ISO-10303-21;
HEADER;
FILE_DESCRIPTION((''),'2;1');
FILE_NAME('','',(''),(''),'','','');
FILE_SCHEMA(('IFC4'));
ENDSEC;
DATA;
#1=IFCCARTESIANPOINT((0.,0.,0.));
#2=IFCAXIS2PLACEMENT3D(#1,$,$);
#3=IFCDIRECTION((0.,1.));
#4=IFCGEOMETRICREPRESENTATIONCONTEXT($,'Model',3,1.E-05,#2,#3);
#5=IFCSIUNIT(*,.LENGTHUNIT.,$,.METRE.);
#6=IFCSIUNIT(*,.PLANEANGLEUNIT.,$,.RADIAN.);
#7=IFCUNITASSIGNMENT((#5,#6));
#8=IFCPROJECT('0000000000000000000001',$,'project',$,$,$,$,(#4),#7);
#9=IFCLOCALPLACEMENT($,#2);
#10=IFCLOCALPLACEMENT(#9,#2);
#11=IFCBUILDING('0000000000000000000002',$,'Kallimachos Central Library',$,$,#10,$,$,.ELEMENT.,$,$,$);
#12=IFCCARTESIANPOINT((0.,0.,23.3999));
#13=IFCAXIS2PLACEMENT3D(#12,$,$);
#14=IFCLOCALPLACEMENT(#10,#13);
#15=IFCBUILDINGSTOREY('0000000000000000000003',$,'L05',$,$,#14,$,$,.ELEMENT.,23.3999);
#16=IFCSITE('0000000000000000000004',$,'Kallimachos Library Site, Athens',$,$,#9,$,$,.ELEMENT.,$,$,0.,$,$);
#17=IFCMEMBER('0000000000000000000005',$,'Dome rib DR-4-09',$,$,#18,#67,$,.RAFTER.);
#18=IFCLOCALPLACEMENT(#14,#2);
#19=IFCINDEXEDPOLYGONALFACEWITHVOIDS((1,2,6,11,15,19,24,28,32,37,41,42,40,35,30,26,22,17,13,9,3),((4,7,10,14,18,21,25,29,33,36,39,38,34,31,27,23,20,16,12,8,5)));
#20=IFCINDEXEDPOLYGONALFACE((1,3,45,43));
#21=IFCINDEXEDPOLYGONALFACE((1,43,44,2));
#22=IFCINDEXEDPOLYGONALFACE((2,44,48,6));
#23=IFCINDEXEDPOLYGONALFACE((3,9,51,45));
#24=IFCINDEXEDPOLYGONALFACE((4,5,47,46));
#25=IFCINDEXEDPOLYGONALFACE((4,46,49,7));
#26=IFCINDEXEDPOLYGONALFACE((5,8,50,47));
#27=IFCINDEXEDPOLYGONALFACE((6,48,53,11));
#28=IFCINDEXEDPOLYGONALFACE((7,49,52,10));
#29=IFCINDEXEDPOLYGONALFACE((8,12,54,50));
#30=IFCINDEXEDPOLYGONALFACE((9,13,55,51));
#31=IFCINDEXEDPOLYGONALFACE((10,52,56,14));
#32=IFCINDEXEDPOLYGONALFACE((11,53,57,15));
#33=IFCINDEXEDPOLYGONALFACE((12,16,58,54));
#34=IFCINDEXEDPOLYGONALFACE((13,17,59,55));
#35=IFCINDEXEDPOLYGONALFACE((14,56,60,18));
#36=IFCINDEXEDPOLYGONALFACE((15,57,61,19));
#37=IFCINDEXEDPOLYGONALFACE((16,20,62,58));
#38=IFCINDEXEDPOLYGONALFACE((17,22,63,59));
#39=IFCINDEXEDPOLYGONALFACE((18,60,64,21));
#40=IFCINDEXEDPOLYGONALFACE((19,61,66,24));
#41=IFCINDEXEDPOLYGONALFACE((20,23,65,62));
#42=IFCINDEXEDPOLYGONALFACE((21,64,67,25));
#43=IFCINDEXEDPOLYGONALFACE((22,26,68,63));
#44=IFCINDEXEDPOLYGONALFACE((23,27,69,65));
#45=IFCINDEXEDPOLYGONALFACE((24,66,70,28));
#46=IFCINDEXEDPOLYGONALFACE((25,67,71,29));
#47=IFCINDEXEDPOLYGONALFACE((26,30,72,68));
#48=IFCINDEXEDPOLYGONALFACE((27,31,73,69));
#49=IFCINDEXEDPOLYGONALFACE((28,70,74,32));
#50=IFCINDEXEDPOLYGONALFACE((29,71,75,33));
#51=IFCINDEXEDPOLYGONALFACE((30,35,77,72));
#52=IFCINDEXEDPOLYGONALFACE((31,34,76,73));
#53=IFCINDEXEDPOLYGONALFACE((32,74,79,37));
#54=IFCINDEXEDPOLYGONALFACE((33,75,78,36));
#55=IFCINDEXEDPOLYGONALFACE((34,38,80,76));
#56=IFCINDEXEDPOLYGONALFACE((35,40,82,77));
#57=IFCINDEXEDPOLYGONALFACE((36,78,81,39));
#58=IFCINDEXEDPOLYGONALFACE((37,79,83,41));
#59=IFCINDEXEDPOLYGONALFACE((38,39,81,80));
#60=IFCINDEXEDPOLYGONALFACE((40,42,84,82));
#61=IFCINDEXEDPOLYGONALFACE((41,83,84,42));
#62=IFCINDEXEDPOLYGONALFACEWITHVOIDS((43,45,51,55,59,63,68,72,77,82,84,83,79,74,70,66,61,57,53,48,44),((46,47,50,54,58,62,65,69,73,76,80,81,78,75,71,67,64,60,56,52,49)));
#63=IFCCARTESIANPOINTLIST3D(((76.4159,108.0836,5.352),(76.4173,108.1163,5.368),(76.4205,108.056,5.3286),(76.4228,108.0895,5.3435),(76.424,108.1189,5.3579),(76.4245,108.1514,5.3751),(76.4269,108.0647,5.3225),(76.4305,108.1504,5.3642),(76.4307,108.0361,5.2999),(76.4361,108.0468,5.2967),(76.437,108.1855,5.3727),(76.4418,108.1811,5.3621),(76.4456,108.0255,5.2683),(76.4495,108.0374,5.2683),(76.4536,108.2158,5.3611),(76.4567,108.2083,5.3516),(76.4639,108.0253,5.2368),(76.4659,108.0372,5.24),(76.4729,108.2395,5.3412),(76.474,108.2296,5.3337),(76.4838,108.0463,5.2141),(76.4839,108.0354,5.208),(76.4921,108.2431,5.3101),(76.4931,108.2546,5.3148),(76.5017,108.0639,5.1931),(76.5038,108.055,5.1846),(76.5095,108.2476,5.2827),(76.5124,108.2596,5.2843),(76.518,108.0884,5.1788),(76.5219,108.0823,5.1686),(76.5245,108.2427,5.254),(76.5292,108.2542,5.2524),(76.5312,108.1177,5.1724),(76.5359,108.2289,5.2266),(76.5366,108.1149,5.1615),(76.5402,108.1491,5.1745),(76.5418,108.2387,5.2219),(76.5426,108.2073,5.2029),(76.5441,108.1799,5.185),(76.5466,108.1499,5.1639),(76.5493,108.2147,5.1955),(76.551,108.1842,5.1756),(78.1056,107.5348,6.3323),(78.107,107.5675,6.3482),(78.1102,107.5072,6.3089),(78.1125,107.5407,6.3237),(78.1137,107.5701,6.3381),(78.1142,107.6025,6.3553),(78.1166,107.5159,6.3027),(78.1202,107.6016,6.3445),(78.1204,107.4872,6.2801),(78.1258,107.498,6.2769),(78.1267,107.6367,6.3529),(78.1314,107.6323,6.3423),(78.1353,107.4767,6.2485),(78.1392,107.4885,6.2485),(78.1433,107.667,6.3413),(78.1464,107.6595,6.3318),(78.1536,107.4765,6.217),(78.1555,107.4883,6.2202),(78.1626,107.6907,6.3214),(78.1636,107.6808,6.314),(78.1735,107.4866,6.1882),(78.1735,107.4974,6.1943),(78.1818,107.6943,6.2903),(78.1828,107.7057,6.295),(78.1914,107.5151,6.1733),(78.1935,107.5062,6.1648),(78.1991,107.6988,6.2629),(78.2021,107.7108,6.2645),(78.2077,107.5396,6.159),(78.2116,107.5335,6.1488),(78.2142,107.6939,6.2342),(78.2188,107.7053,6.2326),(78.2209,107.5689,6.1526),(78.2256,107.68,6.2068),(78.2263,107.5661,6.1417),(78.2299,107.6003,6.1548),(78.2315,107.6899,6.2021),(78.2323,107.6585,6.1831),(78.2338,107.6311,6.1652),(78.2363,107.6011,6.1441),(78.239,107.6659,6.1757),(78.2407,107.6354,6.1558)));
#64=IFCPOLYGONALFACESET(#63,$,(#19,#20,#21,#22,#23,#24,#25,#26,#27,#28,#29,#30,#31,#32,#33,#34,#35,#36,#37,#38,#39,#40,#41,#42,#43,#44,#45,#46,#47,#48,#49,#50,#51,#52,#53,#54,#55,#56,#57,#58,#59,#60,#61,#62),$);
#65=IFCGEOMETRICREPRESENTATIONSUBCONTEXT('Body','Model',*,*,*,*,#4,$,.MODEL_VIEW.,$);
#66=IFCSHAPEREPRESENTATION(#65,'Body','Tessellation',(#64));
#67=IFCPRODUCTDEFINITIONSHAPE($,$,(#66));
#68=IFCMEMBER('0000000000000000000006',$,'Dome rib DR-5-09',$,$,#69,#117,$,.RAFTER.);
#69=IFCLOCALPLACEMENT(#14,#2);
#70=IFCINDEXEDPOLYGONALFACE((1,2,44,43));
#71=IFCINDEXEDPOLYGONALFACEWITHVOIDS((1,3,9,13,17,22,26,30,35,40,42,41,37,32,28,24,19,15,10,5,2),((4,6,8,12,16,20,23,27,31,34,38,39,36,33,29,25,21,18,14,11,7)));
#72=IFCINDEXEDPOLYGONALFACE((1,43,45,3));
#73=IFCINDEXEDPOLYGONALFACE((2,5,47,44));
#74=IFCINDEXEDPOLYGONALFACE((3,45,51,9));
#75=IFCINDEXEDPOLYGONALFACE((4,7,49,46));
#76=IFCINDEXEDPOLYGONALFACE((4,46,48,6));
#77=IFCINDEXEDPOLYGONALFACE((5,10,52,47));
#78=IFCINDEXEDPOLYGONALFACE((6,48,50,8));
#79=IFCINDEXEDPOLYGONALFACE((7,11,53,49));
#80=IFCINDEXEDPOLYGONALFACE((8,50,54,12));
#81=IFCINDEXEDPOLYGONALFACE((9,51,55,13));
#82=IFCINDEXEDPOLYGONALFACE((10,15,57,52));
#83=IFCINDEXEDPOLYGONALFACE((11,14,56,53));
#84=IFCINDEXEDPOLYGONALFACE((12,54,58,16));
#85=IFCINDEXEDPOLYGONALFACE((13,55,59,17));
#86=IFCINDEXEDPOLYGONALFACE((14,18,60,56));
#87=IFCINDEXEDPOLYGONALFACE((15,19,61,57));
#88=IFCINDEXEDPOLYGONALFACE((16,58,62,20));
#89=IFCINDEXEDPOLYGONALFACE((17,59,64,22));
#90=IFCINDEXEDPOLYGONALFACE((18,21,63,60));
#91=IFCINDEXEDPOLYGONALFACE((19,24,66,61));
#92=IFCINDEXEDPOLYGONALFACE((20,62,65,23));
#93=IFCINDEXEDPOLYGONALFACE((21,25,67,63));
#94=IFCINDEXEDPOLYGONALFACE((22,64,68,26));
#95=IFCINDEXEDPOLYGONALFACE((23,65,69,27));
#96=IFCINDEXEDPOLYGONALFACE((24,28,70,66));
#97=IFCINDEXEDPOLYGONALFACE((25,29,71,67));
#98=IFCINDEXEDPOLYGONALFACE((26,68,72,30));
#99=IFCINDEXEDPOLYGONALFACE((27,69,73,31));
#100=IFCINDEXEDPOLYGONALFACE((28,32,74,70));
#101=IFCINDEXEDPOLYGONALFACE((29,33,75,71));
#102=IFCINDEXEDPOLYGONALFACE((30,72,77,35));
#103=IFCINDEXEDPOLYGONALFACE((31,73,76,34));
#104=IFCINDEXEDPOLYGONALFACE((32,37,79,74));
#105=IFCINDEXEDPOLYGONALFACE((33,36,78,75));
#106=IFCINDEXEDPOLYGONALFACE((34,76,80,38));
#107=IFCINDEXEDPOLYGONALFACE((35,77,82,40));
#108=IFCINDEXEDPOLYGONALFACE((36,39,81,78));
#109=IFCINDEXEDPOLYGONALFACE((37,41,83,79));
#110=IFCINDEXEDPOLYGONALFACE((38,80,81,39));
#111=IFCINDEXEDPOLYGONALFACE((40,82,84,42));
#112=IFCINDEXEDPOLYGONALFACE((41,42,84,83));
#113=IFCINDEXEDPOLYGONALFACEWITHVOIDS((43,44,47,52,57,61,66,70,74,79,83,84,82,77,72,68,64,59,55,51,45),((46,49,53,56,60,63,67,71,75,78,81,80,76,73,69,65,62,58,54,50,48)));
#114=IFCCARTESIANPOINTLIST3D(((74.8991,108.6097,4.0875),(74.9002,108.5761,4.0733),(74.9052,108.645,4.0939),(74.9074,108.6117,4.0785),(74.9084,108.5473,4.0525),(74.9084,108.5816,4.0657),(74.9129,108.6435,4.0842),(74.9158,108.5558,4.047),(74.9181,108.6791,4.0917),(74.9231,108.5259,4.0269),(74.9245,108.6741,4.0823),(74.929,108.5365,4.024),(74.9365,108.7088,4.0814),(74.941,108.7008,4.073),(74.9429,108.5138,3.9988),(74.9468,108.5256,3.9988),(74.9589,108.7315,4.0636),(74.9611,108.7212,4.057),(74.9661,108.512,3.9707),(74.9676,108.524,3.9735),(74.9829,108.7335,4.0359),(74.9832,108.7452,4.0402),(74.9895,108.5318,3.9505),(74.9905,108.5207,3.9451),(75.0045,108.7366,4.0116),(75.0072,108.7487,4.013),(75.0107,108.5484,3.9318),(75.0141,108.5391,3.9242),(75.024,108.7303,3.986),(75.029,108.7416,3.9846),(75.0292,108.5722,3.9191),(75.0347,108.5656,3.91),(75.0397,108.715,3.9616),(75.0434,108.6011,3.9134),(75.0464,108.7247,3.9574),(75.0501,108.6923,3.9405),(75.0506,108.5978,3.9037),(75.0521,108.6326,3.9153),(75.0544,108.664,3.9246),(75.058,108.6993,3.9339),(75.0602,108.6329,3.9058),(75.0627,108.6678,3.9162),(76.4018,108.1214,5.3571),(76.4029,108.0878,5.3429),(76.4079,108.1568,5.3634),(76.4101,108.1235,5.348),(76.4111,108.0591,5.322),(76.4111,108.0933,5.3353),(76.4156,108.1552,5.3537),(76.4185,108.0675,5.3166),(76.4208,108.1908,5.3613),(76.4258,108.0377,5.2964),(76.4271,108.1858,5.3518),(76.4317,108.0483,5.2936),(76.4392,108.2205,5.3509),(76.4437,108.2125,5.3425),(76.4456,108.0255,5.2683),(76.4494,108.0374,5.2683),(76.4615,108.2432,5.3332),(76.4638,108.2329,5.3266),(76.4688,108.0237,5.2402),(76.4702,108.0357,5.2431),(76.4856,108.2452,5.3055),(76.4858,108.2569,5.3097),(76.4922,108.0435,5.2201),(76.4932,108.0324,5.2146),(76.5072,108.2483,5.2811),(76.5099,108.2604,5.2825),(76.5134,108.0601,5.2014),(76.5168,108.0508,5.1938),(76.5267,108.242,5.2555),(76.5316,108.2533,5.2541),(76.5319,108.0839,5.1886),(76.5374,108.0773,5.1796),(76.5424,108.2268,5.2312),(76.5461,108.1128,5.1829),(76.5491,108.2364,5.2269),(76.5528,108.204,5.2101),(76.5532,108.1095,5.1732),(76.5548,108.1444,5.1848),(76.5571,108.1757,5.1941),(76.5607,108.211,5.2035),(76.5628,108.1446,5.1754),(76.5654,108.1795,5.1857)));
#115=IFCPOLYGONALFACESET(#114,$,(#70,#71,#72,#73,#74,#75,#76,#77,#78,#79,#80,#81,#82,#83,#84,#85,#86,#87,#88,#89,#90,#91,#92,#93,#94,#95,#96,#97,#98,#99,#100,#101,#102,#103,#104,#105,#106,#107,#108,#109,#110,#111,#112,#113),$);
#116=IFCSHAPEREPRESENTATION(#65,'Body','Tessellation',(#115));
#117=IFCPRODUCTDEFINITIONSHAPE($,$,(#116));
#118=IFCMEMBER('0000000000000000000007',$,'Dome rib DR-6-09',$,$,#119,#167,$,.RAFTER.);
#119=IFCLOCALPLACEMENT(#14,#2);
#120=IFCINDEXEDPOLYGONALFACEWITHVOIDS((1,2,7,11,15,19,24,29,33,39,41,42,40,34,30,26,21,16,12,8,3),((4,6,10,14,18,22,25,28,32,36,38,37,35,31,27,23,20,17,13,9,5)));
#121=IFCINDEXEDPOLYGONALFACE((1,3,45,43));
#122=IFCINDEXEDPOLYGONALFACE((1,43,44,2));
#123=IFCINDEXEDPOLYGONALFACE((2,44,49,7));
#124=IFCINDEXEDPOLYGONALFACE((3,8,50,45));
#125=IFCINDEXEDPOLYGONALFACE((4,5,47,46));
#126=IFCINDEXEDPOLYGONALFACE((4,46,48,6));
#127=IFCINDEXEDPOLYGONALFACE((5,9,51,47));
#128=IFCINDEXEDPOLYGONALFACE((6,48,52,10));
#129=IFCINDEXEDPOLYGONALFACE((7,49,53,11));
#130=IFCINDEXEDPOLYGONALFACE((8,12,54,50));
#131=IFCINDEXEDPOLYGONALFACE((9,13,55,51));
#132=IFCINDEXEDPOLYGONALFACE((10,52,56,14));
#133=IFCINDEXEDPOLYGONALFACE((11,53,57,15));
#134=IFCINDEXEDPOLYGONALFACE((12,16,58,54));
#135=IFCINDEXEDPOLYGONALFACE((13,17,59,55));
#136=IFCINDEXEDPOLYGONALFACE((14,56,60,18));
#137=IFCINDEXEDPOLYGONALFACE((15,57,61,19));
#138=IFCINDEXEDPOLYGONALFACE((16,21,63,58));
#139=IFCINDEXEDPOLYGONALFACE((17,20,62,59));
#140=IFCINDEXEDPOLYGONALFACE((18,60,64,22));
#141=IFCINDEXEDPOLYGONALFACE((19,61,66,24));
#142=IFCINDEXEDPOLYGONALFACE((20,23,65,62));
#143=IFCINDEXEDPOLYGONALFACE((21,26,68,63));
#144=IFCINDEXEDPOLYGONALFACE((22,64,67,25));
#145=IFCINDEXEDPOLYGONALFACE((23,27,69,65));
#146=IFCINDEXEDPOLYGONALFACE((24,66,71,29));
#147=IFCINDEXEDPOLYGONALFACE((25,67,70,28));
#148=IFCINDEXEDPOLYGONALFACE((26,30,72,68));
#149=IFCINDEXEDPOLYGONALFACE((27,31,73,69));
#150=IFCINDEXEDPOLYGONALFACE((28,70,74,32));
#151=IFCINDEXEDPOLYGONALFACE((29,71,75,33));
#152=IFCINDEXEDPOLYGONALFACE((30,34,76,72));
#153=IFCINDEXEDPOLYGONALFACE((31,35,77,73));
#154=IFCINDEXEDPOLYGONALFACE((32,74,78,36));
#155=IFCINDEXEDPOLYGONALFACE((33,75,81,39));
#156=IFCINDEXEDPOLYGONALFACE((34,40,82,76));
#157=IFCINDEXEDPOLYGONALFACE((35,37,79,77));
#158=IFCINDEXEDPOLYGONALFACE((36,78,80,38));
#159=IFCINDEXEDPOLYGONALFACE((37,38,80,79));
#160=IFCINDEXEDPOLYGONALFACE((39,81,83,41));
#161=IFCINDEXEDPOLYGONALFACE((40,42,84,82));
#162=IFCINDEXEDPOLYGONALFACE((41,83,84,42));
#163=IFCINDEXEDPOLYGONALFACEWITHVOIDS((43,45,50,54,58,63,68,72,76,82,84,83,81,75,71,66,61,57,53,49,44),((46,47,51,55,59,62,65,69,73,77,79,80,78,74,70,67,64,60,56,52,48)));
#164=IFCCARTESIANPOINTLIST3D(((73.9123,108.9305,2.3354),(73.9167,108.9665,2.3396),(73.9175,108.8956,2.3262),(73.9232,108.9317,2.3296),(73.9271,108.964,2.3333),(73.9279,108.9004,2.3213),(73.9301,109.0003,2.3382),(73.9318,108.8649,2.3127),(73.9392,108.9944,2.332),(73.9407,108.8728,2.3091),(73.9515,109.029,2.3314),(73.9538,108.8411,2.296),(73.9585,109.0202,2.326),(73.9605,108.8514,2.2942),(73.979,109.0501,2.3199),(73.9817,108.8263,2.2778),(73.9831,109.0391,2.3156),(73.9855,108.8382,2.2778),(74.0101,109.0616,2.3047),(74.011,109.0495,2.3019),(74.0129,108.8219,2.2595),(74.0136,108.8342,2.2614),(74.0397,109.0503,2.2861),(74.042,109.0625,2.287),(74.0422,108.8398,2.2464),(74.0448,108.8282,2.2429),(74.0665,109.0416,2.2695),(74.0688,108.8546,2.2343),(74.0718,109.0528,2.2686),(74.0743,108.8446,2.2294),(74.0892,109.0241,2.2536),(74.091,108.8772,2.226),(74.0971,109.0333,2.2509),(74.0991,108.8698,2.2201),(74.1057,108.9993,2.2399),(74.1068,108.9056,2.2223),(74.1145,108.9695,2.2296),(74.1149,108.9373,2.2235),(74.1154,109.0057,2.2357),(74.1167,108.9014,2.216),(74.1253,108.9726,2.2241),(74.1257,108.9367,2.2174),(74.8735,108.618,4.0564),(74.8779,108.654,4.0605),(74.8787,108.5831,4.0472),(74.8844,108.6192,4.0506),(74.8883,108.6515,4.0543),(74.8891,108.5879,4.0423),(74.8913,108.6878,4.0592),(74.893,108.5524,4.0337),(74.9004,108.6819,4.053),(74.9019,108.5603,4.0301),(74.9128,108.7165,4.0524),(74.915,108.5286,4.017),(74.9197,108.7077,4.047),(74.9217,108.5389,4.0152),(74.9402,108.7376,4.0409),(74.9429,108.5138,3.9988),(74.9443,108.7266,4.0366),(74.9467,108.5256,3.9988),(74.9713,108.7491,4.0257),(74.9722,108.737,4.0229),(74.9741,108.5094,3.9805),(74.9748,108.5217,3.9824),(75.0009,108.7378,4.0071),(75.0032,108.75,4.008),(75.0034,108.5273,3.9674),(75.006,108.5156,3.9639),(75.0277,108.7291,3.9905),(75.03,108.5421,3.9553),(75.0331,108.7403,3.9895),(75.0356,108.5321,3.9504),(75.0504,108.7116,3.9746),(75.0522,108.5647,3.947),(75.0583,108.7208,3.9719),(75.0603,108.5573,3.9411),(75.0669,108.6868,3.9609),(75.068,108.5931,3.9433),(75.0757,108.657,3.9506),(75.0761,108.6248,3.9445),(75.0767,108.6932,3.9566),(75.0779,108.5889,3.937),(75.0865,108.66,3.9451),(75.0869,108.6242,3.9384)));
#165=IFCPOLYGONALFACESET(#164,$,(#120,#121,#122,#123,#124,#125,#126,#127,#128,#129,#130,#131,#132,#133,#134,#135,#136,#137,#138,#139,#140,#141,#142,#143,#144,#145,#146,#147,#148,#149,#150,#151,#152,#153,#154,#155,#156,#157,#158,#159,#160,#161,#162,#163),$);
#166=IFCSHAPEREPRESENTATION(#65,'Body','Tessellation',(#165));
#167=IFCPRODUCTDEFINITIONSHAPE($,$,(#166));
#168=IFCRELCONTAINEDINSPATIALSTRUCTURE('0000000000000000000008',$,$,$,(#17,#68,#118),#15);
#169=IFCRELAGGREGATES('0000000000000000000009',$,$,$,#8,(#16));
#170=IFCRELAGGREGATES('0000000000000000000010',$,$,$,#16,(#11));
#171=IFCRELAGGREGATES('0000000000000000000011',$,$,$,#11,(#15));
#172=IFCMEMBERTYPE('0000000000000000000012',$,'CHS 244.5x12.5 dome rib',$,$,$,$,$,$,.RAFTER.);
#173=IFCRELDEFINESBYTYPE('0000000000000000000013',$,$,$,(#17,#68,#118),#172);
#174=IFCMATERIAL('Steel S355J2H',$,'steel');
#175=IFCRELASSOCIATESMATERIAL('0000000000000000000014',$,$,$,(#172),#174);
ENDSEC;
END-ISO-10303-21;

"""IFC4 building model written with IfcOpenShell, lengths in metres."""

from ifc_helpers import new_model, si_unit, direction, frame, origin, origin_2d, place, context, subcontext, project, spatial, hollow_circle, extrude, material, material_profile, profile_set, type_object, element, save


model = new_model("IFC4")

# Units and contexts
model_context = context("Model", 3, precision=1e-05, world=origin(), true_north=direction((0.0, 1.0)))
body_context = subcontext(model_context, "Body", "Model", "MODEL_VIEW")
ifc_project = project(units=[si_unit("LENGTHUNIT", "METRE"), si_unit("PLANEANGLEUNIT", "RADIAN")], contexts=[model_context])

# Site, building, storey
site_placement = place(None, origin())
site = spatial("IfcSite", under=ifc_project, at=site_placement, Name="Kallimachos Library Site, Athens", CompositionType="ELEMENT", RefElevation=0.0)
building_placement = place(site_placement, origin())
building = spatial("IfcBuilding", under=site, at=building_placement, Name="Kallimachos Central Library", CompositionType="ELEMENT")
storey_placement = place(building_placement, frame((0.0, 0.0, 23.3999)))
storey = spatial("IfcBuildingStorey", under=building, at=storey_placement, Name="L05", CompositionType="ELEMENT", Elevation=23.3999)

# Members
ifc_material_1 = material(Name="Steel S355J2H", Category="steel")
ifc_material_profile_1 = material_profile(ifc_material_1, hollow_circle(Radius=0.1223, WallThickness=0.0125, at=origin_2d()), Name="CHS 244.5x12.5")
ifc_profile_set_1 = profile_set([ifc_material_profile_1], Name="Steel S355J2H")
member_type_1 = type_object("IfcMemberType", Name="CHS 244.5x12.5 dome rib", PredefinedType="RAFTER", material=ifc_profile_set_1)
member_1_placement = place(storey_placement, frame((78.1731, 107.593, 6.2485), z_axis=(-0.832744, 0.270482, -0.48309), x_axis=(-0.308921, -0.951088, 0.0)))
element("IfcMember", 1, at=member_1_placement, inside=storey, type_object=member_type_1, Name="Dome rib DR-4-09", PredefinedType="RAFTER", context=body_context, shape_type="SweptSolid", body=[
    extrude(hollow_circle(Radius=0.1223, WallThickness=0.0125, at=origin_2d()), origin(), (0.0, 0.0, 1.0), 2.0291),
])
member_2_placement = place(storey_placement, frame((76.4834, 108.1418, 5.2683), z_axis=(-0.741383, 0.240904, -0.626351), x_axis=(-0.309034, -0.951051, 0.0)))
element("IfcMember", 2, at=member_2_placement, inside=storey, type_object=member_type_1, Name="Dome rib DR-5-09", PredefinedType="RAFTER", context=body_context, shape_type="SweptSolid", body=[
    extrude(hollow_circle(Radius=0.1223, WallThickness=0.0125, at=origin_2d()), origin(), (0.0, 0.0, 1.0), 2.0269),
])
member_3_placement = place(storey_placement, frame((74.9807, 108.6301, 3.9988), z_axis=(-0.481604, 0.156579, -0.862288), x_axis=(-0.30919, -0.951, 0.0)))
element("IfcMember", 3, at=member_3_placement, inside=storey, type_object=member_type_1, Name="Dome rib DR-6-09", PredefinedType="RAFTER", context=body_context, shape_type="SweptSolid", body=[
    extrude(hollow_circle(Radius=0.1223, WallThickness=0.0125, at=origin_2d()), origin(), (0.0, 0.0, 1.0), 1.9958),
])

save(model, "model.ifc")
